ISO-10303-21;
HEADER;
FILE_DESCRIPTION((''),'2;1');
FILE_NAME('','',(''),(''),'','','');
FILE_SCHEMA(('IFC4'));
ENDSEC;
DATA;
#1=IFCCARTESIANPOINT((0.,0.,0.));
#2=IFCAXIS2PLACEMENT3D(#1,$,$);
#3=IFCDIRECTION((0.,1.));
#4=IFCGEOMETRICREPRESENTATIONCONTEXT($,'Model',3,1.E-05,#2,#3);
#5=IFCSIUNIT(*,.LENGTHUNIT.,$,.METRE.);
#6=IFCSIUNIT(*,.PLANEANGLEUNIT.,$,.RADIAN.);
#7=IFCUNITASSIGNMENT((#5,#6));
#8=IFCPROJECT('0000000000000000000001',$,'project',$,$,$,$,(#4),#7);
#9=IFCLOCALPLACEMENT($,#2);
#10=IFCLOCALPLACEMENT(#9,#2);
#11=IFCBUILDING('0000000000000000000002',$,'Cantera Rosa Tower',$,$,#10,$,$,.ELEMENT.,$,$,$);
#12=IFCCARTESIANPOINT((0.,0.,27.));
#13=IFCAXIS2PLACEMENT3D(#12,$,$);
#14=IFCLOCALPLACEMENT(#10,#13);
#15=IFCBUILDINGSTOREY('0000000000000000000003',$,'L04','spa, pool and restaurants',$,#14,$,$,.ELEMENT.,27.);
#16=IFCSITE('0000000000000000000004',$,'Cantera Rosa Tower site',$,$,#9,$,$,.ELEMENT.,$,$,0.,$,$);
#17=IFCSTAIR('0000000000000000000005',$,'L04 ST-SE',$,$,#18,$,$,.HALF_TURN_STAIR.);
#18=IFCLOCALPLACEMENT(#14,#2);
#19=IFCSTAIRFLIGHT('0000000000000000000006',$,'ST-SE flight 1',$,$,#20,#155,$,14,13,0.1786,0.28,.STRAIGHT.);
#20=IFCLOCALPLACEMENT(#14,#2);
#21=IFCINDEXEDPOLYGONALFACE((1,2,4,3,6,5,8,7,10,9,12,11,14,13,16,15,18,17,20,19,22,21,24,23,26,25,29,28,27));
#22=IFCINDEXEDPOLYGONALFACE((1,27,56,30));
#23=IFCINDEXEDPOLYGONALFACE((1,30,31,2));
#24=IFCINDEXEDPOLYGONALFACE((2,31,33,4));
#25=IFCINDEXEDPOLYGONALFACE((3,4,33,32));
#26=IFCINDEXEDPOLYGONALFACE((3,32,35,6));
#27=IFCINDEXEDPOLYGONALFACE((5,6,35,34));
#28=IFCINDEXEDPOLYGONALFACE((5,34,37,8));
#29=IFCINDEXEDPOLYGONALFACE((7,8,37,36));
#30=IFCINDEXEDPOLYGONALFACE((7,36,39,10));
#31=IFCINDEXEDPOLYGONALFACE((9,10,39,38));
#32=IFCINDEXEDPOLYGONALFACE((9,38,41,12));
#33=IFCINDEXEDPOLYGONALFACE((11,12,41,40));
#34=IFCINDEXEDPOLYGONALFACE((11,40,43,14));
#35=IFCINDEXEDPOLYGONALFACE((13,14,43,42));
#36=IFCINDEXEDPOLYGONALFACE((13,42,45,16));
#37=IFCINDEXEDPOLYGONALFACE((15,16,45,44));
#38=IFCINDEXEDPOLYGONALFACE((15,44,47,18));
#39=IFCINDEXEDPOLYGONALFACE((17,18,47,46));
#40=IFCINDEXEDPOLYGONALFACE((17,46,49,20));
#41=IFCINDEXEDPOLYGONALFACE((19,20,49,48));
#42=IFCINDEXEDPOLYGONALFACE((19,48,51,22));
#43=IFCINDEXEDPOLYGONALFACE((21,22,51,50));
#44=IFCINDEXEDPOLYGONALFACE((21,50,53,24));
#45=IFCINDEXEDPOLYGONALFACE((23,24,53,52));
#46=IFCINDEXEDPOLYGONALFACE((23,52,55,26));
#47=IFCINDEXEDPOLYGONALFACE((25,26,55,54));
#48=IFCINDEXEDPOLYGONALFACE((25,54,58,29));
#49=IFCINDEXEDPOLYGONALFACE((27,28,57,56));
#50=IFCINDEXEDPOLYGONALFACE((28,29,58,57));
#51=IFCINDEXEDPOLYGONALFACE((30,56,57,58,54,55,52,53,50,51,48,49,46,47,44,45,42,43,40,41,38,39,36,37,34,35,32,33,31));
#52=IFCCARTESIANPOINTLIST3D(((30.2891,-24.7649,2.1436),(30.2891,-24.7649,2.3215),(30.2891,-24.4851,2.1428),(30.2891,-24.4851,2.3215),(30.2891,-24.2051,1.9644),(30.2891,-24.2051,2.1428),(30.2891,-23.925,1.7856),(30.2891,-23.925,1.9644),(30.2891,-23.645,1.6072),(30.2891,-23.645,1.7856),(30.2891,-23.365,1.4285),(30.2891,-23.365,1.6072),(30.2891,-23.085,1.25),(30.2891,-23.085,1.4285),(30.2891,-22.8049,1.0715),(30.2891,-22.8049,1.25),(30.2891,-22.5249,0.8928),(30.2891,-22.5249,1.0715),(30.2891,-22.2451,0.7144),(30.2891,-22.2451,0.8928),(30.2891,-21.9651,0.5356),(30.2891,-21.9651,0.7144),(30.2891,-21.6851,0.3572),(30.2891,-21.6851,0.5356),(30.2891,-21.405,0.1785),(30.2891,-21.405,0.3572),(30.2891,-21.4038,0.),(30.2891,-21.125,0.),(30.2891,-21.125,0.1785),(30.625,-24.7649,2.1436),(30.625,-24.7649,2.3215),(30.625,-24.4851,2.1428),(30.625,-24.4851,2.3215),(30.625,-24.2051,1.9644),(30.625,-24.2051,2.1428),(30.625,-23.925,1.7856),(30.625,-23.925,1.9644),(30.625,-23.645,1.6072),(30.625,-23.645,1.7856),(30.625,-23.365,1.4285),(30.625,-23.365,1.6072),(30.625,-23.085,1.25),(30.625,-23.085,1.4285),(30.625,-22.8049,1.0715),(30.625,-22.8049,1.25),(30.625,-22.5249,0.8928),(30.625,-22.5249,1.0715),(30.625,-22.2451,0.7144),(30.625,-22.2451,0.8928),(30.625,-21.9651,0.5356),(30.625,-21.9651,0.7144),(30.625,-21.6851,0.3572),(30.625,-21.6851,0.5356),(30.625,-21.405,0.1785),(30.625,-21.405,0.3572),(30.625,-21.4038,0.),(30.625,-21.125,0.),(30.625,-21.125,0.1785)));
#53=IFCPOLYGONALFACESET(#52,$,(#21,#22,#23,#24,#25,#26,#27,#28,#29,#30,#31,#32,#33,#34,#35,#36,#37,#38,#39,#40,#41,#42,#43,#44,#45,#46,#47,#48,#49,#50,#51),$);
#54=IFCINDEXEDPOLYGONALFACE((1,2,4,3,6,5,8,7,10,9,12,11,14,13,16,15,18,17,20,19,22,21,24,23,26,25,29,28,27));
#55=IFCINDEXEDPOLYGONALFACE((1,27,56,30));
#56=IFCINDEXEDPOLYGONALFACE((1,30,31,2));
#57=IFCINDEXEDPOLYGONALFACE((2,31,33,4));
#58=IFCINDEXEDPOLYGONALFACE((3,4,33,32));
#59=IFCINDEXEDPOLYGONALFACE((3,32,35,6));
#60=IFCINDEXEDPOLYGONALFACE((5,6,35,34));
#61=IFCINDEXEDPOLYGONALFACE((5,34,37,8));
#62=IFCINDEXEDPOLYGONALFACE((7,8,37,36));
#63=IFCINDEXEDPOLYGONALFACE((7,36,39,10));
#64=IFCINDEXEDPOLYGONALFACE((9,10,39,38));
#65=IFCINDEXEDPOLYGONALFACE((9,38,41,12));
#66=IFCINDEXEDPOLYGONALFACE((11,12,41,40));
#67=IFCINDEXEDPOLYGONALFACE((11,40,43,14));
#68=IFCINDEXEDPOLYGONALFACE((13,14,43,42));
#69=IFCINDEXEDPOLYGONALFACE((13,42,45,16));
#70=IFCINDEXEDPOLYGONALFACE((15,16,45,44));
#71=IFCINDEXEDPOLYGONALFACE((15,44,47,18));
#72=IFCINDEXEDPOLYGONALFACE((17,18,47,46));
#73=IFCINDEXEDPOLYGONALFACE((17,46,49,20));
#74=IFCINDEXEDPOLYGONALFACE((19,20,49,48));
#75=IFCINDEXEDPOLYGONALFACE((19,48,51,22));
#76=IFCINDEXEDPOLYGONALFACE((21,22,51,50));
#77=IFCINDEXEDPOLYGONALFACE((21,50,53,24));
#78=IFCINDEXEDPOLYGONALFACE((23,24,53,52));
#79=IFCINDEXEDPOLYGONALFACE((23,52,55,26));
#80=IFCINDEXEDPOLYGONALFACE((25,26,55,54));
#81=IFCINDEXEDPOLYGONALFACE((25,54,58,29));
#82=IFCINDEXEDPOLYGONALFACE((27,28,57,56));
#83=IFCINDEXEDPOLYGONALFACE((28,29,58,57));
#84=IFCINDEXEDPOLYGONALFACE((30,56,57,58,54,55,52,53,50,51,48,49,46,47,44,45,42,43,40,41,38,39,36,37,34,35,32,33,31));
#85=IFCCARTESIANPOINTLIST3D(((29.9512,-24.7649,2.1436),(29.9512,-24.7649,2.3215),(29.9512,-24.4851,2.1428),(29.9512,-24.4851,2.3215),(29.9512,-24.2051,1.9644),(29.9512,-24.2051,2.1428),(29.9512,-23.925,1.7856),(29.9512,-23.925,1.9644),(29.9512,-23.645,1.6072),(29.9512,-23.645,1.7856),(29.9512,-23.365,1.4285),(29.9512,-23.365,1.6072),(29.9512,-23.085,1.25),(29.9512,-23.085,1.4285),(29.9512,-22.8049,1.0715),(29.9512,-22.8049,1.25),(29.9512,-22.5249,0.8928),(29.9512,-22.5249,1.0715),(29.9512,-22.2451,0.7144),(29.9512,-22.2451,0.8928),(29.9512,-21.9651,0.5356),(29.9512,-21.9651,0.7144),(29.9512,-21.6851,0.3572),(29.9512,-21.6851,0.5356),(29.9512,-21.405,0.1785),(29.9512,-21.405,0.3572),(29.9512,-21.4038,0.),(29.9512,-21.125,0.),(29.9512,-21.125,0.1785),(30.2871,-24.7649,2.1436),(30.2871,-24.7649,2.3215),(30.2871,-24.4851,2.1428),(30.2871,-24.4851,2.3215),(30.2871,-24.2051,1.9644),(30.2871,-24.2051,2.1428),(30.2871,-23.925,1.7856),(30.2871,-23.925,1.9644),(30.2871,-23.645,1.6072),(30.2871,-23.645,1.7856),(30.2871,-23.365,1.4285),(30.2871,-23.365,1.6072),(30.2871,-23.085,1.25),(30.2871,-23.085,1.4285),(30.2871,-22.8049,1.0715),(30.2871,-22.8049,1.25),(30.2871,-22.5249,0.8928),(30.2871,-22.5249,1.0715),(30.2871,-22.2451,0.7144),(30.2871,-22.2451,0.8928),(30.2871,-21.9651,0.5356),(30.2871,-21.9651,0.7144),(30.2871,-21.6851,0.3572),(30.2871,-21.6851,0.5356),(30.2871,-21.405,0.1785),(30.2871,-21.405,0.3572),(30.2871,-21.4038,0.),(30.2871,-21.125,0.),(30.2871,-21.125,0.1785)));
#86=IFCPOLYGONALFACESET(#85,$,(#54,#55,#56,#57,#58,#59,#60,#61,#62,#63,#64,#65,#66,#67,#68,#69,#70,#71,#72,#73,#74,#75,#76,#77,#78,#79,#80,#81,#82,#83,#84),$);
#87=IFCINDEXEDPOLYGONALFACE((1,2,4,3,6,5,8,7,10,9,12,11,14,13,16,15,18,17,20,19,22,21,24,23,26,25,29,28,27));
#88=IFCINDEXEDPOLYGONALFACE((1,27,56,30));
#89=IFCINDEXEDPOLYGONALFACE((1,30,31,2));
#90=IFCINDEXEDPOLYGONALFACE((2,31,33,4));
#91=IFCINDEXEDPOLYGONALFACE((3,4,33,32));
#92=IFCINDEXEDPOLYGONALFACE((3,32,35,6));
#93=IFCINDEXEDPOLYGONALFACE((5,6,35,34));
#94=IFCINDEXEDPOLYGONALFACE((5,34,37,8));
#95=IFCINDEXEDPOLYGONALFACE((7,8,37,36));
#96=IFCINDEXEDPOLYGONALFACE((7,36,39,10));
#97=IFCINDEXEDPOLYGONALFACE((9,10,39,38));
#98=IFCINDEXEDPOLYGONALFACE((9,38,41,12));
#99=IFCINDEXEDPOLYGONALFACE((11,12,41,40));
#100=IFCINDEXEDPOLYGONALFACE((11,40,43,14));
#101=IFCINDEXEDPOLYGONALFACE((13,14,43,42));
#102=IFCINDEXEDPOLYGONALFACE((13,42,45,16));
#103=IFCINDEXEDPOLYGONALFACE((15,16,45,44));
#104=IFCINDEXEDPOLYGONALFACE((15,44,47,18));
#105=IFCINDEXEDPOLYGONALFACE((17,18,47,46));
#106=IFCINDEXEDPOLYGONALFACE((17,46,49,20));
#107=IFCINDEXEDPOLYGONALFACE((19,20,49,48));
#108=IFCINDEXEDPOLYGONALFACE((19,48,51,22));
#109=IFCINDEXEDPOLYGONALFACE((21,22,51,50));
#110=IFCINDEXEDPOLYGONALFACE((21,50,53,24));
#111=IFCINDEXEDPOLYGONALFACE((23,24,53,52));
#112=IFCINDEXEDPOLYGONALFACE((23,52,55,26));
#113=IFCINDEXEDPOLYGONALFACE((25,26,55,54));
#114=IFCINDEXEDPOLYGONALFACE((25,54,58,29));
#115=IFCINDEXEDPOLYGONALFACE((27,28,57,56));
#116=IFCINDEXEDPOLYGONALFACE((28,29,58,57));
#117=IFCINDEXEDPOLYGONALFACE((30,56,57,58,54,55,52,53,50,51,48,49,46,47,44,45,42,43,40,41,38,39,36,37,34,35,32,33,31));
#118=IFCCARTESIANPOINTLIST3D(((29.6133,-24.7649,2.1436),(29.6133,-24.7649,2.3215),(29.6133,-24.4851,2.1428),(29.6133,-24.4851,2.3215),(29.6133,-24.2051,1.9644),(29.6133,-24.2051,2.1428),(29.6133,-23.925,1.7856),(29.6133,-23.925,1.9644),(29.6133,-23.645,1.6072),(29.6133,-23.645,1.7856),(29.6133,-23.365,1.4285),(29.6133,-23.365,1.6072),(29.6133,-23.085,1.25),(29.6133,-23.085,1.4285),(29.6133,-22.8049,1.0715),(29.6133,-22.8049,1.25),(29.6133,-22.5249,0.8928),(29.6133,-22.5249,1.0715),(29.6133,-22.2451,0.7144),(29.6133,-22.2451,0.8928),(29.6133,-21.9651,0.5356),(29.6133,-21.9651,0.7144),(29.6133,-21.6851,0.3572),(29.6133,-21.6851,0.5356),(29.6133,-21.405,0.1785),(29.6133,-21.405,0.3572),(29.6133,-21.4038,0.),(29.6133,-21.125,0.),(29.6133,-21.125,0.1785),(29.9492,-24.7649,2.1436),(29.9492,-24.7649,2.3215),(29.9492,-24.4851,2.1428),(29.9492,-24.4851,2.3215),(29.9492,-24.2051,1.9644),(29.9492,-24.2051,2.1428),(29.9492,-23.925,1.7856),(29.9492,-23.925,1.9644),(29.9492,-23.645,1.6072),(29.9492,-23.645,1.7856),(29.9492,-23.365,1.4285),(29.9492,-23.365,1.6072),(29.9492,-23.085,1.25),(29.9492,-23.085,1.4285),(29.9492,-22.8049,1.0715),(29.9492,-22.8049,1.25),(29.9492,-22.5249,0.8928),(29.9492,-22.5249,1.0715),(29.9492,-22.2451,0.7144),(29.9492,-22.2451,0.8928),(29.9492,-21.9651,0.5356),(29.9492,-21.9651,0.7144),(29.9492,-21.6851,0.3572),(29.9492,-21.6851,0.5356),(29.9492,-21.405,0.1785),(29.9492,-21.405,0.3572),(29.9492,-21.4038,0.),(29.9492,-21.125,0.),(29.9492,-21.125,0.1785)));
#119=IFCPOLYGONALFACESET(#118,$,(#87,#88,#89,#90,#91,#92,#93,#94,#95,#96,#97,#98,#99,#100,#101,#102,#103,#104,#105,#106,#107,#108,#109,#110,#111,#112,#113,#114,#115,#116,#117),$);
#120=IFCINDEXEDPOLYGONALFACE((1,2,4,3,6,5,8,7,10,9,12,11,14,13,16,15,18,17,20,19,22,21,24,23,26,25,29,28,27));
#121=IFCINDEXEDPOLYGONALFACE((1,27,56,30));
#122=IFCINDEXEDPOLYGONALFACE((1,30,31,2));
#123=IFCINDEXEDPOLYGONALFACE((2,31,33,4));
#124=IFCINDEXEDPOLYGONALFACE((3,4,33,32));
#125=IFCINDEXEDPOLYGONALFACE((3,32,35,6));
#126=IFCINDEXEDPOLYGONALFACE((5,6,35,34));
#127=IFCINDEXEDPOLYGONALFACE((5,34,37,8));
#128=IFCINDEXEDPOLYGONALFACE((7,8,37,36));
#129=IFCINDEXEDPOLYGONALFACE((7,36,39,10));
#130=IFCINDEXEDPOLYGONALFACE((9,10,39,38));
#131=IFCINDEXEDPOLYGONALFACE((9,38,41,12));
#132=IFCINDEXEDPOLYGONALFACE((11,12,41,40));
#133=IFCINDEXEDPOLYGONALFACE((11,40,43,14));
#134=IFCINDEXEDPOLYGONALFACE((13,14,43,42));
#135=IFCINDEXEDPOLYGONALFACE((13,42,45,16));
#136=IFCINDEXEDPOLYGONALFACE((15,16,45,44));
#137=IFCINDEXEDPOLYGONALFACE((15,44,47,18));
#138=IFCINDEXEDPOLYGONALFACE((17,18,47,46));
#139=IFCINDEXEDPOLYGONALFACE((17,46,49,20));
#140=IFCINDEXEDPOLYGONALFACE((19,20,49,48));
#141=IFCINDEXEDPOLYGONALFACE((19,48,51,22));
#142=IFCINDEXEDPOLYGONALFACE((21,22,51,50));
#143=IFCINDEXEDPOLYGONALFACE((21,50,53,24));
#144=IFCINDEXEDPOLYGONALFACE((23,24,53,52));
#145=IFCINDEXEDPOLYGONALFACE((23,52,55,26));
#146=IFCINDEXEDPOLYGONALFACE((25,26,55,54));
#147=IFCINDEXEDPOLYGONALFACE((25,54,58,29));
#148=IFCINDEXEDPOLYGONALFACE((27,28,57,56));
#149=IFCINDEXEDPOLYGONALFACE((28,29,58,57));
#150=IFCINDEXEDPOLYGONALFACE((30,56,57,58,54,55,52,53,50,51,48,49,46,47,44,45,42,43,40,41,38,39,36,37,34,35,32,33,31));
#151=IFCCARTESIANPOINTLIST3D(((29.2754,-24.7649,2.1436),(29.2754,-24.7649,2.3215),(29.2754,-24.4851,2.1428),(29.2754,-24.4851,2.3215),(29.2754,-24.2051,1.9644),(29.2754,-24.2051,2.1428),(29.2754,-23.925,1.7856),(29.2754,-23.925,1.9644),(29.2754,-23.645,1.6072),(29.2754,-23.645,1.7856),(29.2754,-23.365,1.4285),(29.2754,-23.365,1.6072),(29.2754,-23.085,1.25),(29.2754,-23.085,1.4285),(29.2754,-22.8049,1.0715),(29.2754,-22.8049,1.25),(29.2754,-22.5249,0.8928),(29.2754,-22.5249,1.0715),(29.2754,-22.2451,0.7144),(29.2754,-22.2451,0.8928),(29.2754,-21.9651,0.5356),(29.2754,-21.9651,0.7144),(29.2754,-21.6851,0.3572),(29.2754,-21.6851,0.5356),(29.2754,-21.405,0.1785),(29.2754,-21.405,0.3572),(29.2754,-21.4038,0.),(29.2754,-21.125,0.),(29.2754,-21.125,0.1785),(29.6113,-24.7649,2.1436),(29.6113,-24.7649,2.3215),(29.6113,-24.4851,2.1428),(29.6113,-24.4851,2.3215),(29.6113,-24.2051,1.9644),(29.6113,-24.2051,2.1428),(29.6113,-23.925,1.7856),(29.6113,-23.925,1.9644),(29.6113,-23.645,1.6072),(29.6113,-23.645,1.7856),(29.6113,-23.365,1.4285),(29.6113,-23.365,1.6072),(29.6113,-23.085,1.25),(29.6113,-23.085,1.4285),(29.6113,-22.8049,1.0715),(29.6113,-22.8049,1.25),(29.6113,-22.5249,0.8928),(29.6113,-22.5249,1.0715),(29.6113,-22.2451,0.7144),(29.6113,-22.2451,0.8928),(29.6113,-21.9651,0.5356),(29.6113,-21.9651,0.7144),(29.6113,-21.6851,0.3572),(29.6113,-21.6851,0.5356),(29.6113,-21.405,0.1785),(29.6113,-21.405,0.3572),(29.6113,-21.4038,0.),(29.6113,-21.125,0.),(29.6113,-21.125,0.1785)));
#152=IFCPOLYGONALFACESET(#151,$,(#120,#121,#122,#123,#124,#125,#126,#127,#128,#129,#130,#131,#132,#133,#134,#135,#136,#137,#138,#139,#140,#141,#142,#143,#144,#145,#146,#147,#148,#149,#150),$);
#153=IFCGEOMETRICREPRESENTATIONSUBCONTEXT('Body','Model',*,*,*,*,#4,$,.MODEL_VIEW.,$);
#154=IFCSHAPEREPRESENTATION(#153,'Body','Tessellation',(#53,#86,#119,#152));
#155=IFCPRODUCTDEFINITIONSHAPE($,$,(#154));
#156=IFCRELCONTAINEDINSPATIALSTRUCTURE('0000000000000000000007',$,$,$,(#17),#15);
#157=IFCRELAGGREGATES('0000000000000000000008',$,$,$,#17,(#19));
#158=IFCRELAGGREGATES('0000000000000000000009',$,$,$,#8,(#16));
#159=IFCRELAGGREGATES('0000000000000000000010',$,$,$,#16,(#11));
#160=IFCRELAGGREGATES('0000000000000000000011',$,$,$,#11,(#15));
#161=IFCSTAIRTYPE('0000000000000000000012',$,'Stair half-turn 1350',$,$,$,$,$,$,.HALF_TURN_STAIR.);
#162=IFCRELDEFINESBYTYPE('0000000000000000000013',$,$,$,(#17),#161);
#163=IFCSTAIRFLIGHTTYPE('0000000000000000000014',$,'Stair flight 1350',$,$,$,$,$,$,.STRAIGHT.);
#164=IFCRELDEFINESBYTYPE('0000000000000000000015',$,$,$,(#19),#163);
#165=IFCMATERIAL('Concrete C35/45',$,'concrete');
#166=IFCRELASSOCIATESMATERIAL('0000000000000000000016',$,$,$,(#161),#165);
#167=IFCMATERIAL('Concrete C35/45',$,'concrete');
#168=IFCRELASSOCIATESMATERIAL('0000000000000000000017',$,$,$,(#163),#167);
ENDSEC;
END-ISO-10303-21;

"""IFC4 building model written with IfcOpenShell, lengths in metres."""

from ifc_helpers import new_model, si_unit, direction, frame, origin, place, context, subcontext, project, spatial, polyline, outline, extrude, material, type_object, element, aggregate, save


model = new_model("IFC4")

# Units and contexts
model_context = context("Model", 3, precision=1e-05, world=origin(), true_north=direction((0.0, 1.0)))
body_context = subcontext(model_context, "Body", "Model", "MODEL_VIEW")
ifc_project = project(units=[si_unit("LENGTHUNIT", "METRE"), si_unit("PLANEANGLEUNIT", "RADIAN")], contexts=[model_context])

# Site, building, storey
site_placement = place(None, origin())
site = spatial("IfcSite", under=ifc_project, at=site_placement, Name="Cantera Rosa Tower site", CompositionType="ELEMENT", RefElevation=0.0)
building_placement = place(site_placement, origin())
building = spatial("IfcBuilding", under=site, at=building_placement, Name="Cantera Rosa Tower", CompositionType="ELEMENT")
storey_placement = place(building_placement, frame((0.0, 0.0, 27.0)))
storey = spatial("IfcBuildingStorey", under=building, at=storey_placement, Name="L04", Description="spa, pool and restaurants", CompositionType="ELEMENT", Elevation=27.0)

# Stair, stair flight
ifc_material_1 = material(Name="Concrete C35/45", Category="concrete")
stair_type = type_object("IfcStairType", Name="Stair half-turn 1350", PredefinedType="HALF_TURN_STAIR", material=ifc_material_1)
stair_placement = place(storey_placement, origin())
stair = element("IfcStair", 1, at=stair_placement, inside=storey, type_object=stair_type, Name="L04 ST-SE", PredefinedType="HALF_TURN_STAIR")
ifc_material_2 = material(Name="Concrete C35/45", Category="concrete")
stair_flight_type = type_object("IfcStairFlightType", Name="Stair flight 1350", PredefinedType="STRAIGHT", material=ifc_material_2)
stair_flight_1_placement = place(storey_placement, frame((29.95, -21.125, 0.0), z_axis=(0.0, 0.0, 1.0), x_axis=(0.0, -1.0, 0.0)))
stair_flight_1 = element("IfcStairFlight", 2, at=stair_flight_1_placement, type_object=stair_flight_type, Name="ST-SE flight 1", NumberOfRisers=14, NumberOfTreads=13, PredefinedType="STRAIGHT", RiserHeight=0.1786, TreadLength=0.28, context=body_context, shape_type="SweptSolid", body=[
    extrude(outline(polyline([(0.0, 0.0), (0.0, 0.1785), (0.28, 0.1785), (0.28, 0.3572), (0.5601, 0.3572), (0.5601, 0.5356), (0.8401, 0.5356), (0.8401, 0.7144), (1.1201, 0.7144), (1.1201, 0.8928), (1.3999, 0.8928), (1.3999, 1.0715), (1.6799, 1.0715), (1.6799, 1.25), (1.96, 1.25), (1.96, 1.4285), (2.24, 1.4285), (2.24, 1.6072), (2.52, 1.6072), (2.52, 1.7856), (2.8, 1.7856), (2.8, 1.9644), (3.0801, 1.9644), (3.0801, 2.1428), (3.3601, 2.1428), (3.3601, 2.3215), (3.6399, 2.3215), (3.6399, 2.5), (3.6399, 2.1436), (0.2788, 0.0), (0.0, 0.0)])), frame((0.0, 0.675, 0.0), z_axis=(0.0, -1.0, 0.0), x_axis=(1.0, 0.0, 0.0)), (0.0, 0.0, 1.0), 0.3359),
    extrude(outline(polyline([(0.0, 0.0), (0.0, 0.1785), (0.28, 0.1785), (0.28, 0.3572), (0.5601, 0.3572), (0.5601, 0.5356), (0.8401, 0.5356), (0.8401, 0.7144), (1.1201, 0.7144), (1.1201, 0.8928), (1.3999, 0.8928), (1.3999, 1.0715), (1.6799, 1.0715), (1.6799, 1.25), (1.96, 1.25), (1.96, 1.4285), (2.24, 1.4285), (2.24, 1.6072), (2.52, 1.6072), (2.52, 1.7856), (2.8, 1.7856), (2.8, 1.9644), (3.0801, 1.9644), (3.0801, 2.1428), (3.3601, 2.1428), (3.3601, 2.3215), (3.6399, 2.3215), (3.6399, 2.5), (3.6399, 2.1436), (0.2788, 0.0), (0.0, 0.0)])), frame((0.0, 0.3372, 0.0), z_axis=(0.0, -1.0, 0.0), x_axis=(1.0, 0.0, 0.0)), (0.0, 0.0, 1.0), 0.3359),
    extrude(outline(polyline([(0.0, 0.0), (0.0, 0.1785), (0.28, 0.1785), (0.28, 0.3572), (0.5601, 0.3572), (0.5601, 0.5356), (0.8401, 0.5356), (0.8401, 0.7144), (1.1201, 0.7144), (1.1201, 0.8928), (1.3999, 0.8928), (1.3999, 1.0715), (1.6799, 1.0715), (1.6799, 1.25), (1.96, 1.25), (1.96, 1.4285), (2.24, 1.4285), (2.24, 1.6072), (2.52, 1.6072), (2.52, 1.7856), (2.8, 1.7856), (2.8, 1.9644), (3.0801, 1.9644), (3.0801, 2.1428), (3.3601, 2.1428), (3.3601, 2.3215), (3.6399, 2.3215), (3.6399, 2.5), (3.6399, 2.1436), (0.2788, 0.0), (0.0, 0.0)])), frame((0.0, -0.0007, 0.0), z_axis=(0.0, -1.0, 0.0), x_axis=(1.0, 0.0, 0.0)), (0.0, 0.0, 1.0), 0.3359),
    extrude(outline(polyline([(0.0, 0.0), (0.0, 0.1785), (0.28, 0.1785), (0.28, 0.3572), (0.5601, 0.3572), (0.5601, 0.5356), (0.8401, 0.5356), (0.8401, 0.7144), (1.1201, 0.7144), (1.1201, 0.8928), (1.3999, 0.8928), (1.3999, 1.0715), (1.6799, 1.0715), (1.6799, 1.25), (1.96, 1.25), (1.96, 1.4285), (2.24, 1.4285), (2.24, 1.6072), (2.52, 1.6072), (2.52, 1.7856), (2.8, 1.7856), (2.8, 1.9644), (3.0801, 1.9644), (3.0801, 2.1428), (3.3601, 2.1428), (3.3601, 2.3215), (3.6399, 2.3215), (3.6399, 2.5), (3.6399, 2.1436), (0.2788, 0.0), (0.0, 0.0)])), frame((0.0, -0.3386, 0.0), z_axis=(0.0, -1.0, 0.0), x_axis=(1.0, 0.0, 0.0)), (0.0, 0.0, 1.0), 0.3359),
])
aggregate(stair, [stair_flight_1])

save(model, "model.ifc")
